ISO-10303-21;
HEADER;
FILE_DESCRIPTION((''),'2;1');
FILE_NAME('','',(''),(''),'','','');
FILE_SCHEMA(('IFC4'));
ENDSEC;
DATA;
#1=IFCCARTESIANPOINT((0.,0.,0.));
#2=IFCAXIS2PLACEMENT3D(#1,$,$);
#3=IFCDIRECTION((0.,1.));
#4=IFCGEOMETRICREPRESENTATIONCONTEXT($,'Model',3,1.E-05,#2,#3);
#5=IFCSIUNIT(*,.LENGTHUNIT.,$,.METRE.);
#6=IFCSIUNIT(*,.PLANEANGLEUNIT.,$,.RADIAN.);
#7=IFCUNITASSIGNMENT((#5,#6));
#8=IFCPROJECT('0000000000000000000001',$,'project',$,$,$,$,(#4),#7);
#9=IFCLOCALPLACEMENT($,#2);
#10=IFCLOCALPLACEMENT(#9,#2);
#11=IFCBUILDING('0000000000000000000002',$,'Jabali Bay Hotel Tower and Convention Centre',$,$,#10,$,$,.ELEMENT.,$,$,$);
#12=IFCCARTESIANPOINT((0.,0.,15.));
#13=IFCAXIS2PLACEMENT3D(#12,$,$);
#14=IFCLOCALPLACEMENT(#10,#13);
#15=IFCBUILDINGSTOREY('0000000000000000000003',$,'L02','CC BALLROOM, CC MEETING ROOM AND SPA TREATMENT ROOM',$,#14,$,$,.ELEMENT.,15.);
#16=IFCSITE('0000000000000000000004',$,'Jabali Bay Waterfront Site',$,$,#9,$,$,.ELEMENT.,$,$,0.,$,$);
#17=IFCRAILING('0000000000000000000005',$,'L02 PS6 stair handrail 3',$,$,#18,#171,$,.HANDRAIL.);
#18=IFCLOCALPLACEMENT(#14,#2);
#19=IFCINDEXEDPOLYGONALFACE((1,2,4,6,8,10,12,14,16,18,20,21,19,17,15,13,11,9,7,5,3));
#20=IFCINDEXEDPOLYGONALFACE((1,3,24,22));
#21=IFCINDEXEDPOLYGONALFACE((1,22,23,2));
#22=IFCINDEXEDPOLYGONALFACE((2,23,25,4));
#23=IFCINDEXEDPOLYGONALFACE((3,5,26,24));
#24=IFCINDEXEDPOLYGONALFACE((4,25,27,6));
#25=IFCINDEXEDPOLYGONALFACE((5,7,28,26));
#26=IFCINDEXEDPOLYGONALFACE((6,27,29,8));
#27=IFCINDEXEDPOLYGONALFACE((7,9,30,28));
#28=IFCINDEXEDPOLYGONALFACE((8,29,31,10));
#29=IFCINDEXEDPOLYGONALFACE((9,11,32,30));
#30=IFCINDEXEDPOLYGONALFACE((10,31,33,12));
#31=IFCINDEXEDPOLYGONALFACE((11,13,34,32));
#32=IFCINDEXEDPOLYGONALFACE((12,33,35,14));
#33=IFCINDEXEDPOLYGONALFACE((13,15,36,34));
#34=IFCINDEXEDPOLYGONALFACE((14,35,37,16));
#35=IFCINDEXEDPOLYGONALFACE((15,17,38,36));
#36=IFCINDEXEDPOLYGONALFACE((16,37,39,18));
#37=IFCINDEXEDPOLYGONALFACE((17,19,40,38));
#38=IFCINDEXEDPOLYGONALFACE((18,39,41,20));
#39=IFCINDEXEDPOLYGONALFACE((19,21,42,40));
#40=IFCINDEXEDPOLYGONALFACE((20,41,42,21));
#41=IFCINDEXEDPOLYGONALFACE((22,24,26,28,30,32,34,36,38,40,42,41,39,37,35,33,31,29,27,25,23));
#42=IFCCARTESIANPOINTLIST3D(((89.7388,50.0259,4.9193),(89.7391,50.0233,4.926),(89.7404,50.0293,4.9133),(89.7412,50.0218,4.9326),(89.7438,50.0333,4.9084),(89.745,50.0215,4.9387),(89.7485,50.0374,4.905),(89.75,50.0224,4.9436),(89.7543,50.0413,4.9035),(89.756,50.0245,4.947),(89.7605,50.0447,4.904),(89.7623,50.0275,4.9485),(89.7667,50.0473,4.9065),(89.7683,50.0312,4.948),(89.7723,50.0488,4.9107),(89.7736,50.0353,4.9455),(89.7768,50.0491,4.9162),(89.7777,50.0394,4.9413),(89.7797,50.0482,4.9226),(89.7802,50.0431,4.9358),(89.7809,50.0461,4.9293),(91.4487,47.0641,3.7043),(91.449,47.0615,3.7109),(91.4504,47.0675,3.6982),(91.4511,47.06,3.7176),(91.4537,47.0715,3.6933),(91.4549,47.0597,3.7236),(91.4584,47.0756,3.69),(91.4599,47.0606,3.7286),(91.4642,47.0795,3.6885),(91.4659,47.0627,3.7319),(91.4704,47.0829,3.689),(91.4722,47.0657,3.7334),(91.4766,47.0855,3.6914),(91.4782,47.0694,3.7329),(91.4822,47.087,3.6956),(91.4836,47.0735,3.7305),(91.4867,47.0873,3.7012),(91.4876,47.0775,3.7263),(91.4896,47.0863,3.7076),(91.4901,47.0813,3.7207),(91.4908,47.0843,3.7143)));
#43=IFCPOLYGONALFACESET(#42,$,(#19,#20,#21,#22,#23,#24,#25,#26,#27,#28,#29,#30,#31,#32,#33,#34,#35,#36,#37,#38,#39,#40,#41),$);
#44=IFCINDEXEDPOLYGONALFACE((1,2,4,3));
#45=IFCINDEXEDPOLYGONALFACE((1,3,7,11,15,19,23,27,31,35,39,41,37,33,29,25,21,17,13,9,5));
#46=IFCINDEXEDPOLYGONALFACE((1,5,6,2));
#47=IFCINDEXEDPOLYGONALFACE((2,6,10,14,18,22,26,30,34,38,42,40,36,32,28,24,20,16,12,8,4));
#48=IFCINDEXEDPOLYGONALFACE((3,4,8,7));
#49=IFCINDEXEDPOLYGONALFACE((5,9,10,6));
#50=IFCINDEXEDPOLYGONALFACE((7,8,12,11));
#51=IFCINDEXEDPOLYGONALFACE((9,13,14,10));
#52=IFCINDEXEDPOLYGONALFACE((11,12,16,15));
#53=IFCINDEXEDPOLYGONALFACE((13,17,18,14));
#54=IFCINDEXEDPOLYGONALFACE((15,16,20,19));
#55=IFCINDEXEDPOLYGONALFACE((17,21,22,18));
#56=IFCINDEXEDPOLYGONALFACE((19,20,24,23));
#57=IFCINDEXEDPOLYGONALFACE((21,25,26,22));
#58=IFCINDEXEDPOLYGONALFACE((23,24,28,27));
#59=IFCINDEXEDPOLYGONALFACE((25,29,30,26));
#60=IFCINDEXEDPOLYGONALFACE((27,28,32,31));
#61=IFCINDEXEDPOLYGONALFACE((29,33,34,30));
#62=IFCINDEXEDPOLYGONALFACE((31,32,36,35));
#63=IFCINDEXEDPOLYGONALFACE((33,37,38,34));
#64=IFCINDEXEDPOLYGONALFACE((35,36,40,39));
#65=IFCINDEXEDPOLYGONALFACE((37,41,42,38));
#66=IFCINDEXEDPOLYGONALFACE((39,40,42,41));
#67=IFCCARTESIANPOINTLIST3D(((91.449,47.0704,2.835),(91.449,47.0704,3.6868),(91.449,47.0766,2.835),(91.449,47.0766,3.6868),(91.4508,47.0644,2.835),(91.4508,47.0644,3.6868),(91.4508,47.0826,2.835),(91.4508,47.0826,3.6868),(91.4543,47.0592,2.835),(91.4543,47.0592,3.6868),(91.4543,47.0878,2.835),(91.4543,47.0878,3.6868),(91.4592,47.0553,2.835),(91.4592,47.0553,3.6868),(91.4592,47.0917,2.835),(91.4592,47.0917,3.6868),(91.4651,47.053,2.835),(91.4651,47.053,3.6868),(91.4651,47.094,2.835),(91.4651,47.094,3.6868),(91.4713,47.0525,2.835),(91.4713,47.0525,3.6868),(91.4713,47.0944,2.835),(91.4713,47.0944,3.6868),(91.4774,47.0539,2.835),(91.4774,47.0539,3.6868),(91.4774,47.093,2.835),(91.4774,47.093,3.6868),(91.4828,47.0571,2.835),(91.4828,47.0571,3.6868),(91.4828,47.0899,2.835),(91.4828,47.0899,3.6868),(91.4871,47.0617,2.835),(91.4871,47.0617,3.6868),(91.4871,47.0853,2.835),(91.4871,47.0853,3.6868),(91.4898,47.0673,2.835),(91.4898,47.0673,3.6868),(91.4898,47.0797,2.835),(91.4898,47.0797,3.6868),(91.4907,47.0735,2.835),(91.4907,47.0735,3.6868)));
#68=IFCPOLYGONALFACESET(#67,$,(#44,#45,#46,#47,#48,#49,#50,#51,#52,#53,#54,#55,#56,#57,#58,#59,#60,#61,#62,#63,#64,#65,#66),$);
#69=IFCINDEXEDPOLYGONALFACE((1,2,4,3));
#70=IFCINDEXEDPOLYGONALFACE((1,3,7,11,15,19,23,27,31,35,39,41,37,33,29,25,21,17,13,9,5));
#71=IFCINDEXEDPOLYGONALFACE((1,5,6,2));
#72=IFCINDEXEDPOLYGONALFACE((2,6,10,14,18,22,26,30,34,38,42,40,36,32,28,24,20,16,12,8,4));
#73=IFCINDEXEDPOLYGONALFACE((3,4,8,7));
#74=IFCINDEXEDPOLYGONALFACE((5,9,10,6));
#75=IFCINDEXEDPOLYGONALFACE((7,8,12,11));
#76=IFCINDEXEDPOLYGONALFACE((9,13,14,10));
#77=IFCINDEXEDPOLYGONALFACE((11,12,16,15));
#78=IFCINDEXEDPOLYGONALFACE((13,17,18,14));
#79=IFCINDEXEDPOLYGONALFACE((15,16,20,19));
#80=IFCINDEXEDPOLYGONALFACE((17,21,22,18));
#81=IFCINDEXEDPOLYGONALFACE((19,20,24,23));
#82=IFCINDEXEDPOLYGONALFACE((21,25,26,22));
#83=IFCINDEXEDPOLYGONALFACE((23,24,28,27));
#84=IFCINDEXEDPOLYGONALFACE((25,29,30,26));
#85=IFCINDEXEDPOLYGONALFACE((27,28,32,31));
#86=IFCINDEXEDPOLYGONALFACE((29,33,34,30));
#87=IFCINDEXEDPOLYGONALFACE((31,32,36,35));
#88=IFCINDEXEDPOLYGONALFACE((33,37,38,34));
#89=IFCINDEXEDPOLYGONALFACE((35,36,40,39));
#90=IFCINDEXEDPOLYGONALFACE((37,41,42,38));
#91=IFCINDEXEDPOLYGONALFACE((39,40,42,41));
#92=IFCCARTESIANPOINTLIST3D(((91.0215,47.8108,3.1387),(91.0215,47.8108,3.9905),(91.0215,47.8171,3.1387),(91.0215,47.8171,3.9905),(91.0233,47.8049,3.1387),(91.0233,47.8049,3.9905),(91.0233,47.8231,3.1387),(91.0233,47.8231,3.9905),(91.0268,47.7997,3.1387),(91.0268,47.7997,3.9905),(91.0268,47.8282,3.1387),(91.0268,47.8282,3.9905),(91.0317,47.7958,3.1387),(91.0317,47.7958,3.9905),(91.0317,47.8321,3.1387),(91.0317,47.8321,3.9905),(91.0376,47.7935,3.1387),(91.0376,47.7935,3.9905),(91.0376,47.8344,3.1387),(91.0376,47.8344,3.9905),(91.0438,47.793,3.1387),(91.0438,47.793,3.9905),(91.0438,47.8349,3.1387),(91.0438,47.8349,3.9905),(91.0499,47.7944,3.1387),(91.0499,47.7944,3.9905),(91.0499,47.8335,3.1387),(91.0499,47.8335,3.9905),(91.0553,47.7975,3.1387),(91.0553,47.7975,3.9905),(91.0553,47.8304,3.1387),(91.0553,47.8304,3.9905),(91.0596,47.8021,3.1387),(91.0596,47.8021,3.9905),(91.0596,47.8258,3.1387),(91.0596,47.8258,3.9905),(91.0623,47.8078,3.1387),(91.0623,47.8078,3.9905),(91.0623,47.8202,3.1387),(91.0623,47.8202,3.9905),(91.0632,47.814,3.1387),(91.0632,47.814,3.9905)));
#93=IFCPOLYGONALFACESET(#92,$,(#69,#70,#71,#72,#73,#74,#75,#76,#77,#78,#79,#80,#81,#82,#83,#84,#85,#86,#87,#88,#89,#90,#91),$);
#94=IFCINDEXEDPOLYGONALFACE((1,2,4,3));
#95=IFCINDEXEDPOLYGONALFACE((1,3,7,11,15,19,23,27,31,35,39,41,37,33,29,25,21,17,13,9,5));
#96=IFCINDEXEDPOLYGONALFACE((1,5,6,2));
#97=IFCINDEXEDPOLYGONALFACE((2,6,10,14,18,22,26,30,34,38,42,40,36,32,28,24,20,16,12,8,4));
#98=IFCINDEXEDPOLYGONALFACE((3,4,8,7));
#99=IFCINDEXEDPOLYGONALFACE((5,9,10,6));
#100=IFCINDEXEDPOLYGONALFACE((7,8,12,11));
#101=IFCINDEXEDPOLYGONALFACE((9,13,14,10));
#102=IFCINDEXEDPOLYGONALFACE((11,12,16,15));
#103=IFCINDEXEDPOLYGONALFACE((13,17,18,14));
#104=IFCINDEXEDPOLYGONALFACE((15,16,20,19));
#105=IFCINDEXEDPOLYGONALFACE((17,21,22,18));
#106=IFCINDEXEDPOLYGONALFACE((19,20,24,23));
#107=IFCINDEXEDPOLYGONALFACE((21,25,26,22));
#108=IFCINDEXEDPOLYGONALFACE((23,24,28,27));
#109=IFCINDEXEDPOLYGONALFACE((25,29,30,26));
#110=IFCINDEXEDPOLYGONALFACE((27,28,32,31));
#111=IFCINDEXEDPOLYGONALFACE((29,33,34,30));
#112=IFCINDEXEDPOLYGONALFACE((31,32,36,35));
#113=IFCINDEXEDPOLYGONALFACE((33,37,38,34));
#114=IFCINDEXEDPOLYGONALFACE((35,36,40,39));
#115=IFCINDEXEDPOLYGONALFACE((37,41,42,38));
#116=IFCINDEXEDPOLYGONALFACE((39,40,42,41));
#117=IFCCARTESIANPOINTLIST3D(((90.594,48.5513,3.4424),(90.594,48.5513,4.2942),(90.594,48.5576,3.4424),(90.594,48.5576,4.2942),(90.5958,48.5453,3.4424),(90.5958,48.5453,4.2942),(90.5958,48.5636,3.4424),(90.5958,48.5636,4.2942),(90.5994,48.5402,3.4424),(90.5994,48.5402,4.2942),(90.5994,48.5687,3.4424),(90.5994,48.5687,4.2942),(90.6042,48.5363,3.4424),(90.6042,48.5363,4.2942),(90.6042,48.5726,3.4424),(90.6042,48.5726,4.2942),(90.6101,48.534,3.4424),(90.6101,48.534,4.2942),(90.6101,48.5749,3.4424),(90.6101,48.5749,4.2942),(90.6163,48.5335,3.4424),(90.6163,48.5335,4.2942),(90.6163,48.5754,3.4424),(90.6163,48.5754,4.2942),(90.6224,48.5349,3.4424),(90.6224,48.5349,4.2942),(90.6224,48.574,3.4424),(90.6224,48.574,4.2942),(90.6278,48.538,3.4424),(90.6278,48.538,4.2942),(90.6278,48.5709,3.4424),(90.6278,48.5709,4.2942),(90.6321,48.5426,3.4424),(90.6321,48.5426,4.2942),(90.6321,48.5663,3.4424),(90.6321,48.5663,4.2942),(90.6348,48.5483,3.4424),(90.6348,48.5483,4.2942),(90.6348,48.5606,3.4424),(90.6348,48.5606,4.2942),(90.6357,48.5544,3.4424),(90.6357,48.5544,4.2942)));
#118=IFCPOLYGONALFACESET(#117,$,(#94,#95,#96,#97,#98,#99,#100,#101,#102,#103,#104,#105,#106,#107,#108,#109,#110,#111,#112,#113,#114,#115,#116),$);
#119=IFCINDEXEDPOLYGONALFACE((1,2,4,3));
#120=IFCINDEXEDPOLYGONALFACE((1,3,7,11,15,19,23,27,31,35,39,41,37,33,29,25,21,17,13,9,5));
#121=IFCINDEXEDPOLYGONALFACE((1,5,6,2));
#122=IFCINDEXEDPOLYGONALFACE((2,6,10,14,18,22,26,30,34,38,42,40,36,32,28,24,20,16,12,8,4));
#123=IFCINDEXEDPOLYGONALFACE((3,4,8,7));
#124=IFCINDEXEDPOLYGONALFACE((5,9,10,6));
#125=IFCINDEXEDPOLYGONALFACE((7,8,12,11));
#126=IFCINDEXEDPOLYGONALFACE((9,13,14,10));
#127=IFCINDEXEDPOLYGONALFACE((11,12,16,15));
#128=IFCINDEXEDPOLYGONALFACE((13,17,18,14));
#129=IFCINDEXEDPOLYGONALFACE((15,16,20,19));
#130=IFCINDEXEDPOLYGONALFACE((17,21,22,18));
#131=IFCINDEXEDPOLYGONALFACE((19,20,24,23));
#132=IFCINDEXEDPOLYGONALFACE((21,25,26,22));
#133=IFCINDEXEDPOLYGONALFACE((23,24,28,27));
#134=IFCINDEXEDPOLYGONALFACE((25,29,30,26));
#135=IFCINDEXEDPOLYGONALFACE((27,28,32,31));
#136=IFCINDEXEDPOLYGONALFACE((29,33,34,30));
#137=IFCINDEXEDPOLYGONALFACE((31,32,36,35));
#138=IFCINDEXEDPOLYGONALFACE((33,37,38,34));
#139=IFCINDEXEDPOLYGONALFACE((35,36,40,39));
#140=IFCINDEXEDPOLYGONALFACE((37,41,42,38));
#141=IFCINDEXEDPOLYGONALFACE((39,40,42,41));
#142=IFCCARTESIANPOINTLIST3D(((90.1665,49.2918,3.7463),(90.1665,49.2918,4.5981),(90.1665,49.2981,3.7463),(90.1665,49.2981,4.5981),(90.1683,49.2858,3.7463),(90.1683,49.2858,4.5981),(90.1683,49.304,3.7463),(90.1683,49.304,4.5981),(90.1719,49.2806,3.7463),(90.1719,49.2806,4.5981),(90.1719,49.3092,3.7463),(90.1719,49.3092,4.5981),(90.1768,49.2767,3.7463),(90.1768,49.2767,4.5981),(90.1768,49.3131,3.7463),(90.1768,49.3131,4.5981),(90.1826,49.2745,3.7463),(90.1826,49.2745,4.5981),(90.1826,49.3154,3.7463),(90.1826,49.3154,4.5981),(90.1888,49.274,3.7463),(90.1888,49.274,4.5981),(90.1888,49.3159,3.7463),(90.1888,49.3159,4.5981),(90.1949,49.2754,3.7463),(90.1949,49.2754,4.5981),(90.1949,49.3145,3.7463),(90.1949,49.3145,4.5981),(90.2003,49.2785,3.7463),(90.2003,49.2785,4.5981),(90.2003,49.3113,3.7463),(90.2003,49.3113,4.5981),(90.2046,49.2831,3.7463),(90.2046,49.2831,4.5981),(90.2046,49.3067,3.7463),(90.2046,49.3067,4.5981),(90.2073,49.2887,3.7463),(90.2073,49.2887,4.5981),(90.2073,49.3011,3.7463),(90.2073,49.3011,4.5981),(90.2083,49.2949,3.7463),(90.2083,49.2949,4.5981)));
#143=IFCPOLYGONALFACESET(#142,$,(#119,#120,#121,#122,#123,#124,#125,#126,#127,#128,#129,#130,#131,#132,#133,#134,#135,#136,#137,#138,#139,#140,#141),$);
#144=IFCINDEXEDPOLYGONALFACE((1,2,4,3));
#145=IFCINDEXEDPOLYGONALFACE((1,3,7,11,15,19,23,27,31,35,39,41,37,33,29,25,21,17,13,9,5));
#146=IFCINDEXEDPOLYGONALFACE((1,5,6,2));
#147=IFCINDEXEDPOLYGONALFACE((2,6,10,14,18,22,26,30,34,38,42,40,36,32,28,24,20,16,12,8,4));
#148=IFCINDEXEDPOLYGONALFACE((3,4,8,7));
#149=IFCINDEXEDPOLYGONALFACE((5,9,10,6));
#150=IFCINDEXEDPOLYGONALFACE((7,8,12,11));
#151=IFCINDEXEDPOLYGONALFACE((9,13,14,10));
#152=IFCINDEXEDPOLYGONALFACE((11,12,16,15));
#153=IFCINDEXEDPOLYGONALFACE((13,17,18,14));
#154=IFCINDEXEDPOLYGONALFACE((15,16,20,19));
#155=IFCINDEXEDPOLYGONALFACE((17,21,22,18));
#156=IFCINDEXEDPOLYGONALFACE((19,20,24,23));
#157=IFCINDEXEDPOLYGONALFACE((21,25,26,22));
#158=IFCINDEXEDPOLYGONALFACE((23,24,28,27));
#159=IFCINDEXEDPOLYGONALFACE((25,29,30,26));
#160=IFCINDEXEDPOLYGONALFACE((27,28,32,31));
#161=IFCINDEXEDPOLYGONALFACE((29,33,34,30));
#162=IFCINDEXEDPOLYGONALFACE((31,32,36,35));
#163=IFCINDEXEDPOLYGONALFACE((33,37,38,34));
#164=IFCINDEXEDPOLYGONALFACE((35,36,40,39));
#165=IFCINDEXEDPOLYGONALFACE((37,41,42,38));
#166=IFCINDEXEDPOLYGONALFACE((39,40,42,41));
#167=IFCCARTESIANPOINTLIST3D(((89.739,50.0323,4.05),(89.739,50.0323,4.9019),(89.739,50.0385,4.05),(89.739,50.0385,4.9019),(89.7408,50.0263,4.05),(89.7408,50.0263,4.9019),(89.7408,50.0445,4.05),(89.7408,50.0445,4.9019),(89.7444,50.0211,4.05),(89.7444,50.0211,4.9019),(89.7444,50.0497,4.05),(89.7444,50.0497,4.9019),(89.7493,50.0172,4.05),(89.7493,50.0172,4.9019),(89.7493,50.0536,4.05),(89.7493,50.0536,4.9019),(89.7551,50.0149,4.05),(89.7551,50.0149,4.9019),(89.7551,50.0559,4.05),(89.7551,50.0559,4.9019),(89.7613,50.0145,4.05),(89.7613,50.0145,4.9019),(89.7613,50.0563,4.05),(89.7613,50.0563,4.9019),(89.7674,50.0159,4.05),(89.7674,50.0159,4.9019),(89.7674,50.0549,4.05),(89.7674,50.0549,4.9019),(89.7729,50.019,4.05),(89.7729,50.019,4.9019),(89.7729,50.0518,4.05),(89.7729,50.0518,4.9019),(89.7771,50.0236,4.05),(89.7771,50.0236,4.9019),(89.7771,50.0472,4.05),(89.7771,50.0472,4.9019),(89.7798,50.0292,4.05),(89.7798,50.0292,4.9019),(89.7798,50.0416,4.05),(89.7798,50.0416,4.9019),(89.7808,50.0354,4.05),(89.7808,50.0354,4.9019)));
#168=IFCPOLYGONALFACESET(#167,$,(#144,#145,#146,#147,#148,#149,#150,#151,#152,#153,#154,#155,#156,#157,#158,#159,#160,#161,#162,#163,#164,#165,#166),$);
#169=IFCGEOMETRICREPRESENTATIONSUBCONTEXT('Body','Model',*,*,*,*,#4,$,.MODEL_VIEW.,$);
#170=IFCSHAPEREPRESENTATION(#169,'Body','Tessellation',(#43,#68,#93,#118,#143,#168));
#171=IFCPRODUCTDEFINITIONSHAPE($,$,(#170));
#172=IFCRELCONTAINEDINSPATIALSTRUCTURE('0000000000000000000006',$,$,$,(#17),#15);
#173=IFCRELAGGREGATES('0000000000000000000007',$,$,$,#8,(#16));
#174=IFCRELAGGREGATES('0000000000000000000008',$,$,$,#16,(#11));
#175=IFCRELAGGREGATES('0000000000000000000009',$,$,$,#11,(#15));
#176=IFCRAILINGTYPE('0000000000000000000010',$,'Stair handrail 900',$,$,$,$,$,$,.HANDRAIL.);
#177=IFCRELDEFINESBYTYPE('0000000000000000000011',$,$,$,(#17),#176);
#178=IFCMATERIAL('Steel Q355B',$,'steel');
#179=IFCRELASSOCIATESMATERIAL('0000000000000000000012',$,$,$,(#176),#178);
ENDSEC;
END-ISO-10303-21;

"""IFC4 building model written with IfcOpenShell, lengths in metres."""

from ifc_helpers import new_model, si_unit, direction, frame, origin, origin_2d, place, context, subcontext, project, spatial, circle, extrude, material, type_object, element, save


model = new_model("IFC4")

# Units and contexts
model_context = context("Model", 3, precision=1e-05, world=origin(), true_north=direction((0.0, 1.0)))
body_context = subcontext(model_context, "Body", "Model", "MODEL_VIEW")
ifc_project = project(units=[si_unit("LENGTHUNIT", "METRE"), si_unit("PLANEANGLEUNIT", "RADIAN")], contexts=[model_context])

# Site, building, storey
site_placement = place(None, origin())
site = spatial("IfcSite", under=ifc_project, at=site_placement, Name="Jabali Bay Waterfront Site", CompositionType="ELEMENT", RefElevation=0.0)
building_placement = place(site_placement, origin())
building = spatial("IfcBuilding", under=site, at=building_placement, Name="Jabali Bay Hotel Tower and Convention Centre", CompositionType="ELEMENT")
storey_placement = place(building_placement, frame((0.0, 0.0, 15.0)))
storey = spatial("IfcBuildingStorey", under=building, at=storey_placement, Name="L02", Description="CC BALLROOM, CC MEETING ROOM AND SPA TREATMENT ROOM", CompositionType="ELEMENT", Elevation=15.0)

# Railing
ifc_material_1 = material(Name="Steel Q355B", Category="steel")
railing_type_1 = type_object("IfcRailingType", Name="Stair handrail 900", PredefinedType="HANDRAIL", material=ifc_material_1)
railing_1_placement = place(storey_placement, frame((91.4697, 47.0735, 2.835)))
element("IfcRailing", 1, at=railing_1_placement, inside=storey, type_object=railing_type_1, Name="L02 PS6 stair handrail 3", PredefinedType="HANDRAIL", context=body_context, shape_type="SweptSolid", body=[
    extrude(circle(Radius=0.0239, at=origin_2d()), frame((0.0, 0.0, 0.876), z_axis=(-0.471127, 0.816065, 0.33478), x_axis=(-0.866038, -0.499978, 0.0)), (0.0, 0.0, 1.0), 3.6294),
    extrude(circle(Radius=0.021, at=origin_2d()), origin(), (0.0, 0.0, 1.0), 0.8518),
    extrude(circle(Radius=0.021, at=origin_2d()), frame((-0.4275, 0.7405, 0.3037)), (0.0, 0.0, 1.0), 0.8518),
    extrude(circle(Radius=0.021, at=origin_2d()), frame((-0.855, 1.481, 0.6074)), (0.0, 0.0, 1.0), 0.8518),
    extrude(circle(Radius=0.021, at=origin_2d()), frame((-1.2825, 2.2214, 0.9114)), (0.0, 0.0, 1.0), 0.8518),
    extrude(circle(Radius=0.021, at=origin_2d()), frame((-1.71, 2.9619, 1.2151)), (0.0, 0.0, 1.0), 0.8518),
])

save(model, "model.ifc")
